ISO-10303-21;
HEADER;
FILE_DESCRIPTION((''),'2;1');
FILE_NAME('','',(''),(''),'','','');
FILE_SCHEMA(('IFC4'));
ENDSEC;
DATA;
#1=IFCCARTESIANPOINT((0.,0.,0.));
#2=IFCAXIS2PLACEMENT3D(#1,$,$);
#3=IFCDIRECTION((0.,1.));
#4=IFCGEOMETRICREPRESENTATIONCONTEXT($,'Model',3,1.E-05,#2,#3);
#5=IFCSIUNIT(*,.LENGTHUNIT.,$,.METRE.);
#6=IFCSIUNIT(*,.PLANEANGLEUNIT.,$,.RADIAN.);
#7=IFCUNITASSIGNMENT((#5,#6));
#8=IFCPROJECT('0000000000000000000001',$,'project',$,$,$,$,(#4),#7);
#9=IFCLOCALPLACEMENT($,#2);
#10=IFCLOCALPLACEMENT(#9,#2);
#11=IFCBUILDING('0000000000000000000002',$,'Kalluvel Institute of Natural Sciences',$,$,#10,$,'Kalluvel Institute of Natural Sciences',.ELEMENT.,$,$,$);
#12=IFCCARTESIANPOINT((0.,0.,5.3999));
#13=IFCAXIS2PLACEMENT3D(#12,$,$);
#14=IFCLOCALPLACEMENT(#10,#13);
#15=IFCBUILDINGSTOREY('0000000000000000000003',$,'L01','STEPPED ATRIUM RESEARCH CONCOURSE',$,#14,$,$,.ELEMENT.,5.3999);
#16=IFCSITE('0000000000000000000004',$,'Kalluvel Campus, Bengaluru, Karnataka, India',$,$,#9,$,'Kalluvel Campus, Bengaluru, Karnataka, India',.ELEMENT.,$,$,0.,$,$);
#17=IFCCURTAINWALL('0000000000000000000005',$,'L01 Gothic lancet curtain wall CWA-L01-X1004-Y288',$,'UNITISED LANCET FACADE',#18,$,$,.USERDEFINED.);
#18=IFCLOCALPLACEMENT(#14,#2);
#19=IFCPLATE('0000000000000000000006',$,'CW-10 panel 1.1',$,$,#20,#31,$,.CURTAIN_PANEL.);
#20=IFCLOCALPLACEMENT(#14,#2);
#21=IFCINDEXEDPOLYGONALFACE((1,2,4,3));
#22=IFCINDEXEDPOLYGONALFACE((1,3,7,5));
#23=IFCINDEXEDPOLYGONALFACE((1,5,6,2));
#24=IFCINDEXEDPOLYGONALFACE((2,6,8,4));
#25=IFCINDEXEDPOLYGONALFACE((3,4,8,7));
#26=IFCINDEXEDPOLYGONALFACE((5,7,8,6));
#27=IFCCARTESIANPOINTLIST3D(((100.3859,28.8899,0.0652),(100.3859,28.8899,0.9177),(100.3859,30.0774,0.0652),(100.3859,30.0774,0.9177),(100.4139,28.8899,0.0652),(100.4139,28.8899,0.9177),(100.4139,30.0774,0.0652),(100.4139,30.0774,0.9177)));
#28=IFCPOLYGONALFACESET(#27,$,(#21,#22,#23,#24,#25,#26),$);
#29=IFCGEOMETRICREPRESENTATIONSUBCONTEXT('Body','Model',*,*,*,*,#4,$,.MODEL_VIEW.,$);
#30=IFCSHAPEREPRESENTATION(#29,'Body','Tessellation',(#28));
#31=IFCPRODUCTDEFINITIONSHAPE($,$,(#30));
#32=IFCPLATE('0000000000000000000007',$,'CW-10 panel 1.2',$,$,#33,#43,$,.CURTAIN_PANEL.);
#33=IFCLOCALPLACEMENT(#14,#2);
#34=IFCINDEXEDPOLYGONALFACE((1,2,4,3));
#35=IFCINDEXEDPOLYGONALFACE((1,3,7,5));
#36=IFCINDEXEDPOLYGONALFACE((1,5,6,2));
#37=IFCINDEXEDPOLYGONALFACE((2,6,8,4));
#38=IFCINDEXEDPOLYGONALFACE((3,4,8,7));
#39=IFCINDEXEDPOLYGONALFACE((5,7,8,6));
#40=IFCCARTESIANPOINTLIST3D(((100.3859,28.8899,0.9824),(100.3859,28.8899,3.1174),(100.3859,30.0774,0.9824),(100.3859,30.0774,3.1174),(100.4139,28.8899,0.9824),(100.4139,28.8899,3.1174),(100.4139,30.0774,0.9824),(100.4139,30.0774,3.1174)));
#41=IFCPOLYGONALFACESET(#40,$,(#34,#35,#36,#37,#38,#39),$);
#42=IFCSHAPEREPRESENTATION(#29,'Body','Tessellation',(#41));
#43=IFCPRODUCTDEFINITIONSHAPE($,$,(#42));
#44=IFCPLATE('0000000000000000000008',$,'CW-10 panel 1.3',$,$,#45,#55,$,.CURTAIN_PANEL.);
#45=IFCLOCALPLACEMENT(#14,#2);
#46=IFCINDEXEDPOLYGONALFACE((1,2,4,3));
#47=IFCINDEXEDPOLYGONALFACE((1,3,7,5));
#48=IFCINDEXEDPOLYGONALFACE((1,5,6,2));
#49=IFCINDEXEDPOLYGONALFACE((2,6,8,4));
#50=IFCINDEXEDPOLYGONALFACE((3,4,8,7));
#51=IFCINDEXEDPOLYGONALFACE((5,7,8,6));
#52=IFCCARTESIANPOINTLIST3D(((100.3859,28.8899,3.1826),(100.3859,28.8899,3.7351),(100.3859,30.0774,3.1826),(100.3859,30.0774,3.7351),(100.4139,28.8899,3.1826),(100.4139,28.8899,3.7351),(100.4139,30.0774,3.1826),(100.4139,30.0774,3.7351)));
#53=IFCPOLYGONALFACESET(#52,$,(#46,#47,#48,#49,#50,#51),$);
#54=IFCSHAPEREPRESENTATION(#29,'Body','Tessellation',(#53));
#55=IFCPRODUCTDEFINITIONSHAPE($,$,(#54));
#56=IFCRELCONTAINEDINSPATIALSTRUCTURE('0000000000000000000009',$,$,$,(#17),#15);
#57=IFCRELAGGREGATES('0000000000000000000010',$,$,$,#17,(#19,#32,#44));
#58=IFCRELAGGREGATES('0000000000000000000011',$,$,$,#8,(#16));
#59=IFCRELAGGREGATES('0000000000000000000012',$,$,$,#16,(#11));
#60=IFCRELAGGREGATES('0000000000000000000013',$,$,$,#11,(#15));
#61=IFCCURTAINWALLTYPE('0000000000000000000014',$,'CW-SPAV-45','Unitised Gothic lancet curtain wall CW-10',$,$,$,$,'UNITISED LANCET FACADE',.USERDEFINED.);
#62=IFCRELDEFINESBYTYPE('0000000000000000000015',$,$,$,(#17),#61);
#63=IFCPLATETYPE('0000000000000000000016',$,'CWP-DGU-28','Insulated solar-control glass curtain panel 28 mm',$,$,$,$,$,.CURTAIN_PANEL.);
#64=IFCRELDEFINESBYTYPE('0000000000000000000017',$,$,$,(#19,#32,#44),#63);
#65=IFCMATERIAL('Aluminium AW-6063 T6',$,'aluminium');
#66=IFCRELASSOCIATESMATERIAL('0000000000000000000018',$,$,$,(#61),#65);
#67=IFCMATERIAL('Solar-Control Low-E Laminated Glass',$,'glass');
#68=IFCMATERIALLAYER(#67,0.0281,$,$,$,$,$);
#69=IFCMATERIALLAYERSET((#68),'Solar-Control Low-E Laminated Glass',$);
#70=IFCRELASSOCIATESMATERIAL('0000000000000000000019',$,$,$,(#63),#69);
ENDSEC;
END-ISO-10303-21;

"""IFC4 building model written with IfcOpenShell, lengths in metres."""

from ifc_helpers import new_model, si_unit, direction, frame, origin, origin_2d, place, context, subcontext, project, spatial, rectangle, extrude, material, layer, layer_set, type_object, element, aggregate, save


model = new_model("IFC4")

# Units and contexts
model_context = context("Model", 3, precision=1e-05, world=origin(), true_north=direction((0.0, 1.0)))
body_context = subcontext(model_context, "Body", "Model", "MODEL_VIEW")
ifc_project = project(units=[si_unit("LENGTHUNIT", "METRE"), si_unit("PLANEANGLEUNIT", "RADIAN")], contexts=[model_context])

# Site, building, storey
site_placement = place(None, origin())
site = spatial("IfcSite", under=ifc_project, at=site_placement, Name="Kalluvel Campus, Bengaluru, Karnataka, India", LongName="Kalluvel Campus, Bengaluru, Karnataka, India", CompositionType="ELEMENT", RefElevation=0.0)
building_placement = place(site_placement, origin())
building = spatial("IfcBuilding", under=site, at=building_placement, Name="Kalluvel Institute of Natural Sciences", LongName="Kalluvel Institute of Natural Sciences", CompositionType="ELEMENT")
storey_placement = place(building_placement, frame((0.0, 0.0, 5.3999)))
storey = spatial("IfcBuildingStorey", under=building, at=storey_placement, Name="L01", Description="STEPPED ATRIUM RESEARCH CONCOURSE", CompositionType="ELEMENT", Elevation=5.3999)

# Shared definitions
ifc_material_1 = material(Name="Aluminium AW-6063 T6", Category="aluminium")
curtain_wall_type = type_object("IfcCurtainWallType", Name="CW-SPAV-45", Description="Unitised Gothic lancet curtain wall CW-10", ElementType="UNITISED LANCET FACADE", PredefinedType="USERDEFINED", material=ifc_material_1)

# Curtain wall
curtain_wall_1_placement = place(storey_placement, origin())
curtain_wall_1 = element("IfcCurtainWall", 1, at=curtain_wall_1_placement, inside=storey, type_object=curtain_wall_type, Name="L01 Gothic lancet curtain wall CWA-L01-X1004-Y288", ObjectType="UNITISED LANCET FACADE", PredefinedType="USERDEFINED")

# Plates
ifc_material_2 = material(Name="Solar-Control Low-E Laminated Glass", Category="glass")
ifc_layer = layer(ifc_material_2, 0.0281)
ifc_layer_set = layer_set([ifc_layer], Name="Solar-Control Low-E Laminated Glass")
plate_type = type_object("IfcPlateType", Name="CWP-DGU-28", Description="Insulated solar-control glass curtain panel 28 mm", PredefinedType="CURTAIN_PANEL", material=ifc_layer_set)
plate_1_placement = place(storey_placement, frame((100.3999, 29.4836, 0.0652), z_axis=(0.0, 0.0, 1.0), x_axis=(0.0, 1.0, 0.0)))
plate_1 = element("IfcPlate", 2, at=plate_1_placement, type_object=plate_type, Name="CW-10 panel 1.1", PredefinedType="CURTAIN_PANEL", context=body_context, shape_type="SweptSolid", body=[
    extrude(rectangle(XDim=1.1875, YDim=0.0281, at=origin_2d()), origin(), (0.0, 0.0, 1.0), 0.8525),
])
plate_2_placement = place(storey_placement, frame((100.3999, 29.4836, 0.9824), z_axis=(0.0, 0.0, 1.0), x_axis=(0.0, 1.0, 0.0)))
plate_2 = element("IfcPlate", 3, at=plate_2_placement, type_object=plate_type, Name="CW-10 panel 1.2", PredefinedType="CURTAIN_PANEL", context=body_context, shape_type="SweptSolid", body=[
    extrude(rectangle(XDim=1.1875, YDim=0.0281, at=origin_2d()), origin(), (0.0, 0.0, 1.0), 2.135),
])
plate_3_placement = place(storey_placement, frame((100.3999, 29.4836, 3.1826), z_axis=(0.0, 0.0, 1.0), x_axis=(0.0, 1.0, 0.0)))
plate_3 = element("IfcPlate", 4, at=plate_3_placement, type_object=plate_type, Name="CW-10 panel 1.3", PredefinedType="CURTAIN_PANEL", context=body_context, shape_type="SweptSolid", body=[
    extrude(rectangle(XDim=1.1875, YDim=0.0281, at=origin_2d()), origin(), (0.0, 0.0, 1.0), 0.5525),
])
aggregate(curtain_wall_1, [plate_1, plate_2, plate_3])

save(model, "model.ifc")
